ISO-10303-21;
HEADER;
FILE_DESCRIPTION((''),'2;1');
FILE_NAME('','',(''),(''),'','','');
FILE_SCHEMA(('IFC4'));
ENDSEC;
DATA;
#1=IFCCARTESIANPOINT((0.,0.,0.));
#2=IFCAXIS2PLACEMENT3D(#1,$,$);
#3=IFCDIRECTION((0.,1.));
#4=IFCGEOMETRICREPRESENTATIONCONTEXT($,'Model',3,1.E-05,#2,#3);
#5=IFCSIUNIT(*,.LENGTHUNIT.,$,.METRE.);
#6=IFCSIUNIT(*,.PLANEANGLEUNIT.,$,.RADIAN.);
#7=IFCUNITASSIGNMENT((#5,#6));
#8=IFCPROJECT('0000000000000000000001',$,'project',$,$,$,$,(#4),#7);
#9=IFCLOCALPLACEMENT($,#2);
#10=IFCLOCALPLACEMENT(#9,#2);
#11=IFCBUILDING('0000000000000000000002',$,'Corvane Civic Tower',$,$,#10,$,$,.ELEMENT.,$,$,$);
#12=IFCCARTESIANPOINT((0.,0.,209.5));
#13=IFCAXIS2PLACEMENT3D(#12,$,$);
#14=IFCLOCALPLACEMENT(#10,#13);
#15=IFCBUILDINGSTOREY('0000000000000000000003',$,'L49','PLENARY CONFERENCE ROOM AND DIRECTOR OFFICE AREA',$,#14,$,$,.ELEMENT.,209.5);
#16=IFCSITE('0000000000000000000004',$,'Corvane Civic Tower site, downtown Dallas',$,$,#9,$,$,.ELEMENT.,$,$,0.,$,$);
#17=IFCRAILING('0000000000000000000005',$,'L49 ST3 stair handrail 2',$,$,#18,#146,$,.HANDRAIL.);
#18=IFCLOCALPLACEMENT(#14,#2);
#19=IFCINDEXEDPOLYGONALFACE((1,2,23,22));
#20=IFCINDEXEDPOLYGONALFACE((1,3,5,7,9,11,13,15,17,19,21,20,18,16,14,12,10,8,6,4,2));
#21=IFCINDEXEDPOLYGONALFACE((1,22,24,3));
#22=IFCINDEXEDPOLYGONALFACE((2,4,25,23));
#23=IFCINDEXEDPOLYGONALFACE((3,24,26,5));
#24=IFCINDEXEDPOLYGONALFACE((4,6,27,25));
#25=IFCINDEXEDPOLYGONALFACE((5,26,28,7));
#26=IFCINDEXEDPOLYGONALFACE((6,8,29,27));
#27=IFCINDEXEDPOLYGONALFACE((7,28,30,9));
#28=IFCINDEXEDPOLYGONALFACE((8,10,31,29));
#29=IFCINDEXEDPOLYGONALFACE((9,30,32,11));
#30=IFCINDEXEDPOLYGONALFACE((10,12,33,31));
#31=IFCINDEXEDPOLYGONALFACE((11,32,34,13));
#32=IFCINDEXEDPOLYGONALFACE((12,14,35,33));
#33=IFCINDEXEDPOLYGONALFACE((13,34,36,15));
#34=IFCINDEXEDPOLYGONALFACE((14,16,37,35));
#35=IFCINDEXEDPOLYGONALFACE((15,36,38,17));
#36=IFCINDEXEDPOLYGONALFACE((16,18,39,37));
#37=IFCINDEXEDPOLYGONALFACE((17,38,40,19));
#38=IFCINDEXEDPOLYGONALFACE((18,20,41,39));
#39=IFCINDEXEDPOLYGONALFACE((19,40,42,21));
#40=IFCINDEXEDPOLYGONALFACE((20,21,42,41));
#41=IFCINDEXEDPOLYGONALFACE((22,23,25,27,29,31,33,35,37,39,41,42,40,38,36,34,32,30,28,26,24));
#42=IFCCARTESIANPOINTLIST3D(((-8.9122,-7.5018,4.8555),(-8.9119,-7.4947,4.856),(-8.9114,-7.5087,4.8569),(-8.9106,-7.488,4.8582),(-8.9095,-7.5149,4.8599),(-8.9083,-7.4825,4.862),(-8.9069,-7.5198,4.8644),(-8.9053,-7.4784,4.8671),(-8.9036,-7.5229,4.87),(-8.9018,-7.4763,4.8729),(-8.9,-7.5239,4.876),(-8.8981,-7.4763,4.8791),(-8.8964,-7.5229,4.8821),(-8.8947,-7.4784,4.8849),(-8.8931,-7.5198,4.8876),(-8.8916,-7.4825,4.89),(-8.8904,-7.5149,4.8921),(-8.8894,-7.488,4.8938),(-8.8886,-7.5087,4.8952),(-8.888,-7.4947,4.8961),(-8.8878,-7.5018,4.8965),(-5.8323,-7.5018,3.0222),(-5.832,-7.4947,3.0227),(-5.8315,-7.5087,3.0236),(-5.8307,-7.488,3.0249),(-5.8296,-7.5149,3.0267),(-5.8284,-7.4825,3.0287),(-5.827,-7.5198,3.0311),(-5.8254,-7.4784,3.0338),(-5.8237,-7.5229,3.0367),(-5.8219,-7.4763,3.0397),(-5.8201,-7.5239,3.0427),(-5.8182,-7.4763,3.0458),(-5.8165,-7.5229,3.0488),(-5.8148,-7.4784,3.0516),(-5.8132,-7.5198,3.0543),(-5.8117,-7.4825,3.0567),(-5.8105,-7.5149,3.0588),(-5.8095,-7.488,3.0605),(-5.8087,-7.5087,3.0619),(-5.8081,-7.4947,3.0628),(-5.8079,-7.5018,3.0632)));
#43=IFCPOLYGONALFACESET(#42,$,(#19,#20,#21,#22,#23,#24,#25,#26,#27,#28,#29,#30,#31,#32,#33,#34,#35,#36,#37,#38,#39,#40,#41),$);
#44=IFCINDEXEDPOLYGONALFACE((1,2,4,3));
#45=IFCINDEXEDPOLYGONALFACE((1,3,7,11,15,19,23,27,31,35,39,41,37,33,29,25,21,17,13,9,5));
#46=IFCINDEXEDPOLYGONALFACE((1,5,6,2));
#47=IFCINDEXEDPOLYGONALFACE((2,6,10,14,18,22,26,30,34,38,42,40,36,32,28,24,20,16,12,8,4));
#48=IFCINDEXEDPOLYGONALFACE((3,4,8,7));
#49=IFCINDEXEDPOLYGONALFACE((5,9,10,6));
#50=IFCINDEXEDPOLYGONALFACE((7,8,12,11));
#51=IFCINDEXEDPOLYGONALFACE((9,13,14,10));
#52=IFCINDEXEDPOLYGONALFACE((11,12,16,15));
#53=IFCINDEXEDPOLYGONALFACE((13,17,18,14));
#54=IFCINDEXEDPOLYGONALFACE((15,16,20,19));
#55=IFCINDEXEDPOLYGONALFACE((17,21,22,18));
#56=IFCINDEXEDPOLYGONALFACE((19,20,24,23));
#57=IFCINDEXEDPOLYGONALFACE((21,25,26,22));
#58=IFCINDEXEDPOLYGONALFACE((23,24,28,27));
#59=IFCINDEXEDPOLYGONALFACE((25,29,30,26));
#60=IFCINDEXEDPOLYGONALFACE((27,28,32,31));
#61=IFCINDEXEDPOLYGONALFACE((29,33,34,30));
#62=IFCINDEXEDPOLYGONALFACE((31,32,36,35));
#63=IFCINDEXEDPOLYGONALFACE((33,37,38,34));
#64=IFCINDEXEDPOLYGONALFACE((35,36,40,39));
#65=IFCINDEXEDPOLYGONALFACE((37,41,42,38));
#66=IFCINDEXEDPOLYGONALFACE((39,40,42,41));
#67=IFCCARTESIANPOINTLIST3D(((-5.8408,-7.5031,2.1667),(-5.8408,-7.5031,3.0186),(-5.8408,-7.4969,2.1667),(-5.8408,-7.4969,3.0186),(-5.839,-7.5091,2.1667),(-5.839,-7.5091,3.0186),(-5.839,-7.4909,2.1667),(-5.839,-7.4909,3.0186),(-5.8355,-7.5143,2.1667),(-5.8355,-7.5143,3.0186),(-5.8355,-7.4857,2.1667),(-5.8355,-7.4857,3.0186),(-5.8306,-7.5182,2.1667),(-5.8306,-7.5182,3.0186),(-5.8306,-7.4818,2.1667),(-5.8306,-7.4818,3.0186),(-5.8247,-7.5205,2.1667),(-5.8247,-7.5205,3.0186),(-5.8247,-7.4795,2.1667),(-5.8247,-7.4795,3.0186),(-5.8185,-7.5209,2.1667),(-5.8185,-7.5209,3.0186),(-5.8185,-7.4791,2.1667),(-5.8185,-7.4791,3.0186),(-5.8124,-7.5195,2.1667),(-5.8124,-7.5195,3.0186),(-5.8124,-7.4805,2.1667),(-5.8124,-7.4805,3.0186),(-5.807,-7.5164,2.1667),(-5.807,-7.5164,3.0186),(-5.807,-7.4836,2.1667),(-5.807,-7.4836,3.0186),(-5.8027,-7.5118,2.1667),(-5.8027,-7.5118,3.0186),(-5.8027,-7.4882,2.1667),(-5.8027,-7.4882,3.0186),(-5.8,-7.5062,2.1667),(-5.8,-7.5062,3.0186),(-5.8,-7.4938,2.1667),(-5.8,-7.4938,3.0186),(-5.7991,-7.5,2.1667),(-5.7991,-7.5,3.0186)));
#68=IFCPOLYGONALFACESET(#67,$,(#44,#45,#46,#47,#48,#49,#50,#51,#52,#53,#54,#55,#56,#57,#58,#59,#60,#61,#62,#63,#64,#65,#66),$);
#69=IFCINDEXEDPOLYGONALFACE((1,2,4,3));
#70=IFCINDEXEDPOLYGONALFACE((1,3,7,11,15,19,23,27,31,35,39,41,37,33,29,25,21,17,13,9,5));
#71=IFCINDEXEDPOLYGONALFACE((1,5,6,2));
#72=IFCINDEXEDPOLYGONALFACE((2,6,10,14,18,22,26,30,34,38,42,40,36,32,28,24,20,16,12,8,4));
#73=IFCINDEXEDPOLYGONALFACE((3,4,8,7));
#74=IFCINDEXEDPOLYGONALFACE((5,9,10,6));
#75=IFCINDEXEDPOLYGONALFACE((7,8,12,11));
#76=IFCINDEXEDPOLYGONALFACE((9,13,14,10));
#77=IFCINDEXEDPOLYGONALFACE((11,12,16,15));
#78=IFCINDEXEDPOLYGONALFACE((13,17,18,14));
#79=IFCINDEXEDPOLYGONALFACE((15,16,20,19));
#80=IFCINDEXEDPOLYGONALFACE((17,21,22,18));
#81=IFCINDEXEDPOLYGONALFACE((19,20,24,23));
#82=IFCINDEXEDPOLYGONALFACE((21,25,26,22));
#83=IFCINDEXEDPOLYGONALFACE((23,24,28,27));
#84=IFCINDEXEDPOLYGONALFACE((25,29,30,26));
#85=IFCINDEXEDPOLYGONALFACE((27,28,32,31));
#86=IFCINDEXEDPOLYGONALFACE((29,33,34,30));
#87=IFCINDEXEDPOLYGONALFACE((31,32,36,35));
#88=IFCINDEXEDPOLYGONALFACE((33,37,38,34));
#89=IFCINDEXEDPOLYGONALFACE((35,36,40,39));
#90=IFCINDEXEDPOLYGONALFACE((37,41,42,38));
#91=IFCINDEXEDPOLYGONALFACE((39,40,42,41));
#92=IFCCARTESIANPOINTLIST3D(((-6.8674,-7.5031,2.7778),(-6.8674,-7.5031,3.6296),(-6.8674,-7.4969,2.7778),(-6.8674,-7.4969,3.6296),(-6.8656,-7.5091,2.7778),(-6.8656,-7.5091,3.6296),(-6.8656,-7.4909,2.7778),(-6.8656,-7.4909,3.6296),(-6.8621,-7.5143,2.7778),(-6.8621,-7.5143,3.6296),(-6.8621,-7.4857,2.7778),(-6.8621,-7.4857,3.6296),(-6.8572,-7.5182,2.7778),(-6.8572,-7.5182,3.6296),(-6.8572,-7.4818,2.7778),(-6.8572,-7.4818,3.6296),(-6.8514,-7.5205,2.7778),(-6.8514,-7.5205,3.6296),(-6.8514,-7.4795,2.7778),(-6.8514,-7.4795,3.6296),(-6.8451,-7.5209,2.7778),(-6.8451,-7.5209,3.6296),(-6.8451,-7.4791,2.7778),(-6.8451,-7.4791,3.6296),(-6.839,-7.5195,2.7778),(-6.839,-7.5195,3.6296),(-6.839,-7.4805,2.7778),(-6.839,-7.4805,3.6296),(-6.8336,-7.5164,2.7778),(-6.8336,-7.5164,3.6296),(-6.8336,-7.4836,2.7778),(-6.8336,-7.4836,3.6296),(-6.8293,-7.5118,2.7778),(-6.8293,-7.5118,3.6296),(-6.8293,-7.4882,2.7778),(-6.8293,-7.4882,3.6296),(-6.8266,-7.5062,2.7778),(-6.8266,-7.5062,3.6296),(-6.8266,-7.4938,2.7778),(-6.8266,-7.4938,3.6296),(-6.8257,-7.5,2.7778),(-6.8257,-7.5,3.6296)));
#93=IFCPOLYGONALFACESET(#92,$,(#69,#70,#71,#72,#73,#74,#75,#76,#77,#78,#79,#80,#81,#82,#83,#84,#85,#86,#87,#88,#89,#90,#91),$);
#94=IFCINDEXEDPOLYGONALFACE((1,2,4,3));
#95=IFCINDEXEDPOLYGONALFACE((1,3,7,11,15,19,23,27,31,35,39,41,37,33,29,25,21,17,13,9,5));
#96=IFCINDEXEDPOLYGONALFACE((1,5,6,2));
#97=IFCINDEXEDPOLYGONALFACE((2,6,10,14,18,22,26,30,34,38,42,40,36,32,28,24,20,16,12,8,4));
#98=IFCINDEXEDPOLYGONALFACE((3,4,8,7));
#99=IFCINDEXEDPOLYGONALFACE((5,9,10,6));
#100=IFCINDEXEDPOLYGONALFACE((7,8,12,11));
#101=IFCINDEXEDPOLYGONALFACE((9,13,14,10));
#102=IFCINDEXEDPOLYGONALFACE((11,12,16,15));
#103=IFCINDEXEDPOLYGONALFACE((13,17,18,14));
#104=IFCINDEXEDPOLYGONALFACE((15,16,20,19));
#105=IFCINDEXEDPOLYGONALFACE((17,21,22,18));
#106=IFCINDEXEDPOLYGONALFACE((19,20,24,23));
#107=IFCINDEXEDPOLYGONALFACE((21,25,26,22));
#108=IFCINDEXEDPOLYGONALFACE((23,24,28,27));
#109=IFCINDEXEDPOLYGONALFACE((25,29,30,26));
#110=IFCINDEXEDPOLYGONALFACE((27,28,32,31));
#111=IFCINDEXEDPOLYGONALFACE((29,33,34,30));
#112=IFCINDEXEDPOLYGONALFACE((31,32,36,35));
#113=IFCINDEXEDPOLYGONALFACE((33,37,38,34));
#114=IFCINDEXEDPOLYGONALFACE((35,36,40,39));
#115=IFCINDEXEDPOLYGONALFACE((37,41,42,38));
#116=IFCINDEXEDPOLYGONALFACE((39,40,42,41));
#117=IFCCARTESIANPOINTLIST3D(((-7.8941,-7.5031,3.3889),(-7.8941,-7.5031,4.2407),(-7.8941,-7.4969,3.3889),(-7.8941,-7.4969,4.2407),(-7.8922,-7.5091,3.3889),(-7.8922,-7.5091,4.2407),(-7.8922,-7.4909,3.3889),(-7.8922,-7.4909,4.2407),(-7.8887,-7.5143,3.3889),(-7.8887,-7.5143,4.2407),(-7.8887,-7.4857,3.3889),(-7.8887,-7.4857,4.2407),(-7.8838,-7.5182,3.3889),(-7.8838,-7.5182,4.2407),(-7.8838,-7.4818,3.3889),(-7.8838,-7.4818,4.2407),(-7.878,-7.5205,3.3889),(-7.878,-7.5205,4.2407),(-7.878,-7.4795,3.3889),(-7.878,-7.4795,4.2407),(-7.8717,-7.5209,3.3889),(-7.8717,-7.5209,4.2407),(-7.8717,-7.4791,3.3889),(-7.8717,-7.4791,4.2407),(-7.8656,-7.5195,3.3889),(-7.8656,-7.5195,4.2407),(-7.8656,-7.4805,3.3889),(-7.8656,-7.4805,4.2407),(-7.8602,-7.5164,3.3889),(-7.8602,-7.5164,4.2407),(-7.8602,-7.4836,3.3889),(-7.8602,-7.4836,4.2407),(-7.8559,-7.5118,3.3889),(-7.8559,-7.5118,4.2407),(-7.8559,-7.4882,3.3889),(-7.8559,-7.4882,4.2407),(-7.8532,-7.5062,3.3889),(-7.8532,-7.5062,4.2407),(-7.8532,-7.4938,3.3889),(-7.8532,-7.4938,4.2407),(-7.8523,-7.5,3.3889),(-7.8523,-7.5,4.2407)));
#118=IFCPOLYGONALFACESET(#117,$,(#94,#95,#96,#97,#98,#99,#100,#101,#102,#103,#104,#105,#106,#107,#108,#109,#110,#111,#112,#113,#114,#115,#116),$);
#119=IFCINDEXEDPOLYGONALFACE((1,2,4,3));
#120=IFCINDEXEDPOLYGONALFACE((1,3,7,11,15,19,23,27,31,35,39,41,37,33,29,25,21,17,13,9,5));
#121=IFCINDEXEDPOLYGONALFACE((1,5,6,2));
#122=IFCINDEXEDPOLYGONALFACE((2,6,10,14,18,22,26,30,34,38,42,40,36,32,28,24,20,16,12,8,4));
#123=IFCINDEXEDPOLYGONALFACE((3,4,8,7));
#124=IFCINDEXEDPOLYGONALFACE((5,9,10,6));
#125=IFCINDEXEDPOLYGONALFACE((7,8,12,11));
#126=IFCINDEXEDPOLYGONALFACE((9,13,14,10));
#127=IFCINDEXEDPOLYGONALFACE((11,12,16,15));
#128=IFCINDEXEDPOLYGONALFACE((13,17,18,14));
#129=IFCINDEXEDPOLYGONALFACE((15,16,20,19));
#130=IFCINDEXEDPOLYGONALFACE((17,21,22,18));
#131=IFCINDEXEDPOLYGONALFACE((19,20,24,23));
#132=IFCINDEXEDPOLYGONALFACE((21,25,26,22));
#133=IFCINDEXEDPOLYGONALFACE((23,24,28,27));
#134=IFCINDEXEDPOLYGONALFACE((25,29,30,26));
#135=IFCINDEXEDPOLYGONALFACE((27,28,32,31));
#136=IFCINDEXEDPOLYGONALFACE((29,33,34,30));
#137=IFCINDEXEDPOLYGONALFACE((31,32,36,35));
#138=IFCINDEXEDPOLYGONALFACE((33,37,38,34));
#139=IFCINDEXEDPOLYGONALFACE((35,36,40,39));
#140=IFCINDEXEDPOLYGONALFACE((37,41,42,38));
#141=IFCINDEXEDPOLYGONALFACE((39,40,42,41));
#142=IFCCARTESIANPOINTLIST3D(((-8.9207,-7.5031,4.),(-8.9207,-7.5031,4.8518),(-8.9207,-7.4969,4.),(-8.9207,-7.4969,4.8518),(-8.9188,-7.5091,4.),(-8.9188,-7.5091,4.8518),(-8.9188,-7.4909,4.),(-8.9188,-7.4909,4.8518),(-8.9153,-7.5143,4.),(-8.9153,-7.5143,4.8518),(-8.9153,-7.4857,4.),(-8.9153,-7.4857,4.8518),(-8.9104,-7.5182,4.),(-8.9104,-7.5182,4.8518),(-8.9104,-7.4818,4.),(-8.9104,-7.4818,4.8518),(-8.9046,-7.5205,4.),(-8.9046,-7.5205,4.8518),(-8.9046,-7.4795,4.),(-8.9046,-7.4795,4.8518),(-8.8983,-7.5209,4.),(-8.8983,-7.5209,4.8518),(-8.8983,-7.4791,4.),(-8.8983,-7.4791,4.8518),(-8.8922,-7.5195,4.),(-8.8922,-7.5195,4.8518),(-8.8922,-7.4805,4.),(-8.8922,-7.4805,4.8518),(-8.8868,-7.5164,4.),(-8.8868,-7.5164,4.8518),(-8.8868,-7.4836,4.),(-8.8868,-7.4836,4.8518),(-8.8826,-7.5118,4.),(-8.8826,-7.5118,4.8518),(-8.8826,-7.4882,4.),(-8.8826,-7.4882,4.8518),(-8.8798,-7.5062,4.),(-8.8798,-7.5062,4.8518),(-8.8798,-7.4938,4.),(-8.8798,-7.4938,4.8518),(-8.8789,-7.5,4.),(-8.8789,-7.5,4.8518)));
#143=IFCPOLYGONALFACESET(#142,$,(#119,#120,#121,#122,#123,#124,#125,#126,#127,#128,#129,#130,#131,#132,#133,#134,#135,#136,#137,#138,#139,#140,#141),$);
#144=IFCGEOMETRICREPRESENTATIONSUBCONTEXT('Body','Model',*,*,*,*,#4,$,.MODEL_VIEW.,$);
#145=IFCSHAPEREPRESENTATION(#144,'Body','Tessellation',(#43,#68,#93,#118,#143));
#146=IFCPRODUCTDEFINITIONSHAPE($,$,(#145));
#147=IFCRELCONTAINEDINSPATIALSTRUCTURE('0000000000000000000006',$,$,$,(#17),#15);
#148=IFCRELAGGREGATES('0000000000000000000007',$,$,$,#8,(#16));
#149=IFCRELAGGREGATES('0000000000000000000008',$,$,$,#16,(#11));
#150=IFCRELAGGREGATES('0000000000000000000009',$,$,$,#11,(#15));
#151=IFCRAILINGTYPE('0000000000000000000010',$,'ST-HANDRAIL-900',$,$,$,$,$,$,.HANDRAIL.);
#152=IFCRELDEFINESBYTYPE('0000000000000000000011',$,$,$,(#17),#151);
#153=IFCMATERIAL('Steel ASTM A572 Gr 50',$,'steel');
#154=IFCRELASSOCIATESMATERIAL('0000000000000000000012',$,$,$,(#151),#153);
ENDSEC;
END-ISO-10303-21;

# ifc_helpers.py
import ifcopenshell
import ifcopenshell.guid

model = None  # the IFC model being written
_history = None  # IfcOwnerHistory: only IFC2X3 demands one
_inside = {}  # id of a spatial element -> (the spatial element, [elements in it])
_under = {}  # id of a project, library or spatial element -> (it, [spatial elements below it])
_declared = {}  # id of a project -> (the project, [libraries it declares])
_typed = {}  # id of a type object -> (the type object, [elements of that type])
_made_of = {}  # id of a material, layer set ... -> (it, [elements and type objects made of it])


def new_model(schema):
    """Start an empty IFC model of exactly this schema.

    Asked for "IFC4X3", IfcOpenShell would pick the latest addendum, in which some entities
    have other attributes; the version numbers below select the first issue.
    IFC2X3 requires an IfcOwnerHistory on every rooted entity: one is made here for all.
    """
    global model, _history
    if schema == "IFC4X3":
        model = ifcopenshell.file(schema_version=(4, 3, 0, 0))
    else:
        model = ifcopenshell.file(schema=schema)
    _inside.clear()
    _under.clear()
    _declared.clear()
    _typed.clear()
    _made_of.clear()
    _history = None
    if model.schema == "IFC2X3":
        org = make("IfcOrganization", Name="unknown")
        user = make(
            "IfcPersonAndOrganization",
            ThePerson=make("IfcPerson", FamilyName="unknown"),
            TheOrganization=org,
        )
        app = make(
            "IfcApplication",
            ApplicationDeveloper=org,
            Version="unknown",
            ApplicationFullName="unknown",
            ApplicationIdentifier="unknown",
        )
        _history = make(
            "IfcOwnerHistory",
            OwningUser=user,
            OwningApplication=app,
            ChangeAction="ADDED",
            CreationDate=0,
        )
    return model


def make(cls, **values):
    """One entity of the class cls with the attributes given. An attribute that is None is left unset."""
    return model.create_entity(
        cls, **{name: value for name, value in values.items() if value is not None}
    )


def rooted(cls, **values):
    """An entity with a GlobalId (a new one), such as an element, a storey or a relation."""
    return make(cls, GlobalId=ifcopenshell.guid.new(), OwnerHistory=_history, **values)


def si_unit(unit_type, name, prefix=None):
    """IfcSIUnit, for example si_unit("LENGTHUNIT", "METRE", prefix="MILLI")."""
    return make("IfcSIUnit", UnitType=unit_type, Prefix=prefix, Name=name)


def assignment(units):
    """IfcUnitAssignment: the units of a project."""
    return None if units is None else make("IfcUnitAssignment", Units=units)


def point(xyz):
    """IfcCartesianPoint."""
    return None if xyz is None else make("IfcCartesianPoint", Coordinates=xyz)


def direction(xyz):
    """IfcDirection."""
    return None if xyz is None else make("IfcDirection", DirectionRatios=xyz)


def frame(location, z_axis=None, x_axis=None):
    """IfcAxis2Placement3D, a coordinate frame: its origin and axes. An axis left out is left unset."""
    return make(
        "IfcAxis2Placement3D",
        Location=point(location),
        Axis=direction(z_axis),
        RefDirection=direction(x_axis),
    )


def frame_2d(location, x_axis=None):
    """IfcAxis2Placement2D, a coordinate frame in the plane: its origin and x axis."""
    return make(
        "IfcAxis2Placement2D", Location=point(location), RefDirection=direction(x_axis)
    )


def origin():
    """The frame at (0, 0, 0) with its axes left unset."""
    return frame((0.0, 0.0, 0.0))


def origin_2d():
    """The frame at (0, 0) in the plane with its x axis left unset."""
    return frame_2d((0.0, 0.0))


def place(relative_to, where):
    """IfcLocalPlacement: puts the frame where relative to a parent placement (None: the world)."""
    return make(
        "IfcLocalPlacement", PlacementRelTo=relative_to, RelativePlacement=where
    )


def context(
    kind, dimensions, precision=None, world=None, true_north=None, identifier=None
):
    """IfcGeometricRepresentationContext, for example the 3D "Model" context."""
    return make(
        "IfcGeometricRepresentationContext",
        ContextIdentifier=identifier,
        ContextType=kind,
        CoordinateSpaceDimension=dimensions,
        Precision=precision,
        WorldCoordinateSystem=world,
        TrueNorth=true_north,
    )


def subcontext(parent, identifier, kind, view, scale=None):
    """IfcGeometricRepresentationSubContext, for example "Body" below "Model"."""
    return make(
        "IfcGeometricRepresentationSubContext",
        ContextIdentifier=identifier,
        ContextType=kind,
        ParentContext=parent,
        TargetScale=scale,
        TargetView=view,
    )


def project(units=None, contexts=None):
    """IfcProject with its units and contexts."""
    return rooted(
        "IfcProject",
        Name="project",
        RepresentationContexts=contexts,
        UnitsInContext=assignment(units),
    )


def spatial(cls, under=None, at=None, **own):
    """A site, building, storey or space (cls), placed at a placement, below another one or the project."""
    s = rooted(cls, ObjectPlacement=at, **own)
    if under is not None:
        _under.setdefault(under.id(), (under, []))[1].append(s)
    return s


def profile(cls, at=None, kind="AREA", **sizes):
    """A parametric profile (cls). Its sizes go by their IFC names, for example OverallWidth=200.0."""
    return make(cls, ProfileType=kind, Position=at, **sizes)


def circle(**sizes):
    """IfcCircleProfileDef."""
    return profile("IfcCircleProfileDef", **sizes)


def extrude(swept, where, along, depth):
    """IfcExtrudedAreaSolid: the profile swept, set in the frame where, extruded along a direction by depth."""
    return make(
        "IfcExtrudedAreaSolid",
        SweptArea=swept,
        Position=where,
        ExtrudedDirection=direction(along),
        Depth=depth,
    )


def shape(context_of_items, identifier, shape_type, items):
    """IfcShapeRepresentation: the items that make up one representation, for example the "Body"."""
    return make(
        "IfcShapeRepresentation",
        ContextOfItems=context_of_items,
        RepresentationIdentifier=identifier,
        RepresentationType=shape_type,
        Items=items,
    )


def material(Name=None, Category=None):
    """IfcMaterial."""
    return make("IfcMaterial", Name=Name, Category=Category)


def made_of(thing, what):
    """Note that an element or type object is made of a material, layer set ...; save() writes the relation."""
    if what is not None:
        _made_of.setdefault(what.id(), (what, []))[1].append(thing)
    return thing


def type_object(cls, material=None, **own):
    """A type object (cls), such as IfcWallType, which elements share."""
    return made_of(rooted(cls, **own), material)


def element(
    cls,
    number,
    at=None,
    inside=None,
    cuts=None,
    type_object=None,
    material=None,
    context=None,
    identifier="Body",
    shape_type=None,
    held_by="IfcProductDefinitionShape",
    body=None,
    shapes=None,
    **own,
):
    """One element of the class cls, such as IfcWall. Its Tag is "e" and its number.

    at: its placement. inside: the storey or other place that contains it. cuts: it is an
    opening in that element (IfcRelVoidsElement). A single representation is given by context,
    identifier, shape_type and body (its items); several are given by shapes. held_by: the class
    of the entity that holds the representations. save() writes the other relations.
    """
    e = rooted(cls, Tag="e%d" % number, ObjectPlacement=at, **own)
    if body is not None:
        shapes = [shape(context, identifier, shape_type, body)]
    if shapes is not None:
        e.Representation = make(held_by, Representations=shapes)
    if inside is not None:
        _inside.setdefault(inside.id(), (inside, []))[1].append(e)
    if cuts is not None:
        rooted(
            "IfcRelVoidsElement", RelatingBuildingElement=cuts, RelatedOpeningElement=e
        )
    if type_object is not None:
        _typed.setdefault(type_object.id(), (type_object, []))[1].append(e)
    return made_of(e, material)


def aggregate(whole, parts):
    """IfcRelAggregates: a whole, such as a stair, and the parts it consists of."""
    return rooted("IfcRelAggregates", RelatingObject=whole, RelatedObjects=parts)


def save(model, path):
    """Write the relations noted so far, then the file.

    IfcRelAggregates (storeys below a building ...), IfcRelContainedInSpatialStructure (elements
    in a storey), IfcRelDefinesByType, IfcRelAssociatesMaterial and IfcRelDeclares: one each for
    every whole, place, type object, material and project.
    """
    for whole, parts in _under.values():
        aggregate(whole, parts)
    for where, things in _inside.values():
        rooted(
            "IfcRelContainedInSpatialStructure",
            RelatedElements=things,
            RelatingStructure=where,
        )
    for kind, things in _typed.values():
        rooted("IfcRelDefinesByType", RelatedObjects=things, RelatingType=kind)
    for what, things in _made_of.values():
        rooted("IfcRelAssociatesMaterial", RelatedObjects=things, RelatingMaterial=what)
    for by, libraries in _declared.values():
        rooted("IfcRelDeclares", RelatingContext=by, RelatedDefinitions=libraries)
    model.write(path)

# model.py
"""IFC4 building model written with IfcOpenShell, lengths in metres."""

from ifc_helpers import new_model, si_unit, direction, frame, origin, origin_2d, place, context, subcontext, project, spatial, circle, extrude, material, type_object, element, save


model = new_model("IFC4")

# Units and contexts
model_context = context("Model", 3, precision=1e-05, world=origin(), true_north=direction((0.0, 1.0)))
body_context = subcontext(model_context, "Body", "Model", "MODEL_VIEW")
ifc_project = project(units=[si_unit("LENGTHUNIT", "METRE"), si_unit("PLANEANGLEUNIT", "RADIAN")], contexts=[model_context])

# Site, building, storey
site_placement = place(None, origin())
site = spatial("IfcSite", under=ifc_project, at=site_placement, Name="Corvane Civic Tower site, downtown Dallas", CompositionType="ELEMENT", RefElevation=0.0)
building_placement = place(site_placement, origin())
building = spatial("IfcBuilding", under=site, at=building_placement, Name="Corvane Civic Tower", CompositionType="ELEMENT")
storey_placement = place(building_placement, frame((0.0, 0.0, 209.5)))
storey = spatial("IfcBuildingStorey", under=building, at=storey_placement, Name="L49", Description="PLENARY CONFERENCE ROOM AND DIRECTOR OFFICE AREA", CompositionType="ELEMENT", Elevation=209.5)

# Railing
ifc_material_1 = material(Name="Steel ASTM A572 Gr 50", Category="steel")
railing_type = type_object("IfcRailingType", Name="ST-HANDRAIL-900", PredefinedType="HANDRAIL", material=ifc_material_1)
railing_placement = place(storey_placement, frame((-5.8201, -7.5, 2.1667)))
element("IfcRailing", 1, at=railing_placement, inside=storey, type_object=railing_type, Name="L49 ST3 stair handrail 2", PredefinedType="HANDRAIL", context=body_context, shape_type="SweptSolid", body=[
    extrude(circle(Radius=0.0239, at=origin_2d()), frame((0.0, 0.0, 0.876), z_axis=(-0.859291, 0.0, 0.511487), x_axis=(0.0, -1.0, 0.0)), (0.0, 0.0, 1.0), 3.5842),
    extrude(circle(Radius=0.021, at=origin_2d()), origin(), (0.0, 0.0, 1.0), 0.8518),
    extrude(circle(Radius=0.021, at=origin_2d()), frame((-1.0266, 0.0, 0.6111)), (0.0, 0.0, 1.0), 0.8518),
    extrude(circle(Radius=0.021, at=origin_2d()), frame((-2.0532, 0.0, 1.2222)), (0.0, 0.0, 1.0), 0.8518),
    extrude(circle(Radius=0.021, at=origin_2d()), frame((-3.0798, 0.0, 1.8333)), (0.0, 0.0, 1.0), 0.8518),
])

save(model, "model.ifc")
